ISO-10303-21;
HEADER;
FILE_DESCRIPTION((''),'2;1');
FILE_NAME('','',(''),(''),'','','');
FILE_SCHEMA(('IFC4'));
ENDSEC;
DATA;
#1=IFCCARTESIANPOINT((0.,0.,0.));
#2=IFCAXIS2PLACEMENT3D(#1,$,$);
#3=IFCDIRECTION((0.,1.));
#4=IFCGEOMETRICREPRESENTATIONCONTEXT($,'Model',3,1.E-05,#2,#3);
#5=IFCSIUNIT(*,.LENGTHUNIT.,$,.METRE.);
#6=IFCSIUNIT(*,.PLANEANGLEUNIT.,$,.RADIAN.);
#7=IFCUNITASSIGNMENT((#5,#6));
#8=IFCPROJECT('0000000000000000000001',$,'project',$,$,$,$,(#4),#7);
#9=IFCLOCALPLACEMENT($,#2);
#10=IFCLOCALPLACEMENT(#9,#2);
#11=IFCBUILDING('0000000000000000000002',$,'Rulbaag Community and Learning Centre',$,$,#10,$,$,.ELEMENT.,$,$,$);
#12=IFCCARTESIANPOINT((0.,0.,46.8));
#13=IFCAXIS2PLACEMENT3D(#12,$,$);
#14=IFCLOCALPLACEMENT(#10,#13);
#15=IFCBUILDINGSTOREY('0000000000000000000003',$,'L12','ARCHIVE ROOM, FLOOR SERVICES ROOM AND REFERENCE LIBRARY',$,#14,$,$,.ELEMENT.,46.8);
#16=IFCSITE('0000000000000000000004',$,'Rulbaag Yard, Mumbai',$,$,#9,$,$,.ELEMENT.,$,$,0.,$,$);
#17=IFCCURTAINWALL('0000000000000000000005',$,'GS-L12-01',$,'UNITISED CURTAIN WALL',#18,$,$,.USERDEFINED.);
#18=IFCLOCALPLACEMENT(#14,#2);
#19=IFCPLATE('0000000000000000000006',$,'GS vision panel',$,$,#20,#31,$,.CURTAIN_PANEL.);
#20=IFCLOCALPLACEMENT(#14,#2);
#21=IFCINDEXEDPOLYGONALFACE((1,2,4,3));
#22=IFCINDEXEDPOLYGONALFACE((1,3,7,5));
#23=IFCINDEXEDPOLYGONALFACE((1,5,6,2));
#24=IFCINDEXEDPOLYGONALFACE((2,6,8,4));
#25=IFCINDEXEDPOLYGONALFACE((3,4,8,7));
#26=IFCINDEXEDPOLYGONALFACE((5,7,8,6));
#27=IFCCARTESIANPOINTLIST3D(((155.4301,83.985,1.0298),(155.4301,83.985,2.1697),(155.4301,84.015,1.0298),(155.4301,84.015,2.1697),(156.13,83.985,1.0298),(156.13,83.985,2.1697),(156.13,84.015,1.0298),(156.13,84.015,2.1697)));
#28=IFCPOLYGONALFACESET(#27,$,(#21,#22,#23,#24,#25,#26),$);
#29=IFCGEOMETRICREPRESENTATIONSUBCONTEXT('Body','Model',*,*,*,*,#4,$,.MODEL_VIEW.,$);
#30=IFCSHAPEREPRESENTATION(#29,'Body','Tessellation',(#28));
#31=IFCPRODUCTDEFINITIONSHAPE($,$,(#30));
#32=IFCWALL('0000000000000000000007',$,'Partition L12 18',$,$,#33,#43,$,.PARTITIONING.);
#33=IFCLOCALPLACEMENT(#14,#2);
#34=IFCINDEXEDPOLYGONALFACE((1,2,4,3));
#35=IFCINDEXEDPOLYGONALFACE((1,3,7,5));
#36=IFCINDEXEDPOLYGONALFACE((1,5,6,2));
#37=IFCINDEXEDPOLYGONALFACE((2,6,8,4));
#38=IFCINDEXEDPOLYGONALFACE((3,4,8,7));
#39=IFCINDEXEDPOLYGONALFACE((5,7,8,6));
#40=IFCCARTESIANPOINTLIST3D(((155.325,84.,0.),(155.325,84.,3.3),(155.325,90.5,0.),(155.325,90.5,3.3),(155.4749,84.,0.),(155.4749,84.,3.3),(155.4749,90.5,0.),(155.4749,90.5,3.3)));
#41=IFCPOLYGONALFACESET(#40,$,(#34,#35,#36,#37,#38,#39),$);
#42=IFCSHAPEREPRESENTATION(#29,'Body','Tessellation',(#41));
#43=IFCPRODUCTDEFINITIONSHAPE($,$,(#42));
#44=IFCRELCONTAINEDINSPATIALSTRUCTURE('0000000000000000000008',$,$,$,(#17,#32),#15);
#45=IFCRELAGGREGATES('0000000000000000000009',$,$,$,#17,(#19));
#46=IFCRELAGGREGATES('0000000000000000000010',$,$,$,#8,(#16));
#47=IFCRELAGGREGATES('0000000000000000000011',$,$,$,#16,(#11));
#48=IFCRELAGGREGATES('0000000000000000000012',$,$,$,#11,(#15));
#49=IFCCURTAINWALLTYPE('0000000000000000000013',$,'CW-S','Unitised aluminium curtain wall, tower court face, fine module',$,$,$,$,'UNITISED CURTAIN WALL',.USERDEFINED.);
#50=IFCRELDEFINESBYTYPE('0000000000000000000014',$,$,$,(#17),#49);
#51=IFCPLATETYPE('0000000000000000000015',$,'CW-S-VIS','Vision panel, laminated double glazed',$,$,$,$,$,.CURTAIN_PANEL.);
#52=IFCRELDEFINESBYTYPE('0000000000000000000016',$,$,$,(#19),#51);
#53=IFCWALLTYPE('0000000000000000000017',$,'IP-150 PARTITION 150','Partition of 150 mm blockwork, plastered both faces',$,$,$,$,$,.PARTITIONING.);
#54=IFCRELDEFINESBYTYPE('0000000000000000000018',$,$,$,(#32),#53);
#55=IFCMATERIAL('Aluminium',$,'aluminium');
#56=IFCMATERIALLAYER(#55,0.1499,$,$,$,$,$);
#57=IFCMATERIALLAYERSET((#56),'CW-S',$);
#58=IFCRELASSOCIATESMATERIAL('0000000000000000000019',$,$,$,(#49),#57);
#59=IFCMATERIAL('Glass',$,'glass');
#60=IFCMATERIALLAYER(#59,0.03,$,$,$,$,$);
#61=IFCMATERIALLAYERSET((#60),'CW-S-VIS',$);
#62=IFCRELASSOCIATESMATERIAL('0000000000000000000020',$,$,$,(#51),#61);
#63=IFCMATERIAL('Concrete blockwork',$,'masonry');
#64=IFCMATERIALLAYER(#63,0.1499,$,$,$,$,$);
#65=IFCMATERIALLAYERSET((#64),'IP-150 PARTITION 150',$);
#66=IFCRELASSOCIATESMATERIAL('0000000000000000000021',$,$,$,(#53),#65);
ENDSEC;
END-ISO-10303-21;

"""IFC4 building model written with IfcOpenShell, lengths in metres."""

from ifc_helpers import new_model, si_unit, direction, frame, frame_2d, origin, origin_2d, place, context, subcontext, project, spatial, rectangle, extrude, material, layer, layer_set, type_object, element, aggregate, save


model = new_model("IFC4")

# Units and contexts
model_context = context("Model", 3, precision=1e-05, world=origin(), true_north=direction((0.0, 1.0)))
body_context = subcontext(model_context, "Body", "Model", "MODEL_VIEW")
ifc_project = project(units=[si_unit("LENGTHUNIT", "METRE"), si_unit("PLANEANGLEUNIT", "RADIAN")], contexts=[model_context])

# Site, building, storey
site_placement = place(None, origin())
site = spatial("IfcSite", under=ifc_project, at=site_placement, Name="Rulbaag Yard, Mumbai", CompositionType="ELEMENT", RefElevation=0.0)
building_placement = place(site_placement, origin())
building = spatial("IfcBuilding", under=site, at=building_placement, Name="Rulbaag Community and Learning Centre", CompositionType="ELEMENT")
storey_placement = place(building_placement, frame((0.0, 0.0, 46.8)))
storey = spatial("IfcBuildingStorey", under=building, at=storey_placement, Name="L12", Description="ARCHIVE ROOM, FLOOR SERVICES ROOM AND REFERENCE LIBRARY", CompositionType="ELEMENT", Elevation=46.8)

# Curtain wall, plate
ifc_material_1 = material(Name="Aluminium", Category="aluminium")
ifc_layer_1 = layer(ifc_material_1, 0.1499)
ifc_layer_set_1 = layer_set([ifc_layer_1], Name="CW-S")
curtain_wall_type = type_object("IfcCurtainWallType", Name="CW-S", Description="Unitised aluminium curtain wall, tower court face, fine module", ElementType="UNITISED CURTAIN WALL", PredefinedType="USERDEFINED", material=ifc_layer_set_1)
curtain_wall_placement = place(storey_placement, origin())
curtain_wall = element("IfcCurtainWall", 1, at=curtain_wall_placement, inside=storey, type_object=curtain_wall_type, Name="GS-L12-01", ObjectType="UNITISED CURTAIN WALL", PredefinedType="USERDEFINED")
ifc_material_2 = material(Name="Glass", Category="glass")
ifc_layer_2 = layer(ifc_material_2, 0.03)
ifc_layer_set_2 = layer_set([ifc_layer_2], Name="CW-S-VIS")
plate_type_1 = type_object("IfcPlateType", Name="CW-S-VIS", Description="Vision panel, laminated double glazed", PredefinedType="CURTAIN_PANEL", material=ifc_layer_set_2)
plate_1_placement = place(storey_placement, frame((155.78, 84.0, 1.0298), z_axis=(0.0, 0.0, 1.0), x_axis=(1.0, 0.0, 0.0)))
plate_1 = element("IfcPlate", 2, at=plate_1_placement, type_object=plate_type_1, Name="GS vision panel", PredefinedType="CURTAIN_PANEL", context=body_context, shape_type="SweptSolid", body=[
    extrude(rectangle(XDim=0.7, YDim=0.03, at=origin_2d()), origin(), (0.0, 0.0, 1.0), 1.1399),
])
aggregate(curtain_wall, [plate_1])

# Wall
ifc_material_3 = material(Name="Concrete blockwork", Category="masonry")
ifc_layer_3 = layer(ifc_material_3, 0.1499)
ifc_layer_set_3 = layer_set([ifc_layer_3], Name="IP-150 PARTITION 150")
wall_type = type_object("IfcWallType", Name="IP-150 PARTITION 150", Description="Partition of 150 mm blockwork, plastered both faces", PredefinedType="PARTITIONING", material=ifc_layer_set_3)
wall_placement = place(storey_placement, frame((155.3999, 84.0, 0.0), z_axis=(0.0, 0.0, 1.0), x_axis=(0.0, 1.0, 0.0)))
element("IfcWall", 3, at=wall_placement, inside=storey, type_object=wall_type, Name="Partition L12 18", PredefinedType="PARTITIONING", context=body_context, shape_type="SweptSolid", body=[
    extrude(rectangle(XDim=6.5, YDim=0.1499, at=frame_2d((3.25, 0.0))), origin(), (0.0, 0.0, 1.0), 3.3),
])

save(model, "model.ifc")
